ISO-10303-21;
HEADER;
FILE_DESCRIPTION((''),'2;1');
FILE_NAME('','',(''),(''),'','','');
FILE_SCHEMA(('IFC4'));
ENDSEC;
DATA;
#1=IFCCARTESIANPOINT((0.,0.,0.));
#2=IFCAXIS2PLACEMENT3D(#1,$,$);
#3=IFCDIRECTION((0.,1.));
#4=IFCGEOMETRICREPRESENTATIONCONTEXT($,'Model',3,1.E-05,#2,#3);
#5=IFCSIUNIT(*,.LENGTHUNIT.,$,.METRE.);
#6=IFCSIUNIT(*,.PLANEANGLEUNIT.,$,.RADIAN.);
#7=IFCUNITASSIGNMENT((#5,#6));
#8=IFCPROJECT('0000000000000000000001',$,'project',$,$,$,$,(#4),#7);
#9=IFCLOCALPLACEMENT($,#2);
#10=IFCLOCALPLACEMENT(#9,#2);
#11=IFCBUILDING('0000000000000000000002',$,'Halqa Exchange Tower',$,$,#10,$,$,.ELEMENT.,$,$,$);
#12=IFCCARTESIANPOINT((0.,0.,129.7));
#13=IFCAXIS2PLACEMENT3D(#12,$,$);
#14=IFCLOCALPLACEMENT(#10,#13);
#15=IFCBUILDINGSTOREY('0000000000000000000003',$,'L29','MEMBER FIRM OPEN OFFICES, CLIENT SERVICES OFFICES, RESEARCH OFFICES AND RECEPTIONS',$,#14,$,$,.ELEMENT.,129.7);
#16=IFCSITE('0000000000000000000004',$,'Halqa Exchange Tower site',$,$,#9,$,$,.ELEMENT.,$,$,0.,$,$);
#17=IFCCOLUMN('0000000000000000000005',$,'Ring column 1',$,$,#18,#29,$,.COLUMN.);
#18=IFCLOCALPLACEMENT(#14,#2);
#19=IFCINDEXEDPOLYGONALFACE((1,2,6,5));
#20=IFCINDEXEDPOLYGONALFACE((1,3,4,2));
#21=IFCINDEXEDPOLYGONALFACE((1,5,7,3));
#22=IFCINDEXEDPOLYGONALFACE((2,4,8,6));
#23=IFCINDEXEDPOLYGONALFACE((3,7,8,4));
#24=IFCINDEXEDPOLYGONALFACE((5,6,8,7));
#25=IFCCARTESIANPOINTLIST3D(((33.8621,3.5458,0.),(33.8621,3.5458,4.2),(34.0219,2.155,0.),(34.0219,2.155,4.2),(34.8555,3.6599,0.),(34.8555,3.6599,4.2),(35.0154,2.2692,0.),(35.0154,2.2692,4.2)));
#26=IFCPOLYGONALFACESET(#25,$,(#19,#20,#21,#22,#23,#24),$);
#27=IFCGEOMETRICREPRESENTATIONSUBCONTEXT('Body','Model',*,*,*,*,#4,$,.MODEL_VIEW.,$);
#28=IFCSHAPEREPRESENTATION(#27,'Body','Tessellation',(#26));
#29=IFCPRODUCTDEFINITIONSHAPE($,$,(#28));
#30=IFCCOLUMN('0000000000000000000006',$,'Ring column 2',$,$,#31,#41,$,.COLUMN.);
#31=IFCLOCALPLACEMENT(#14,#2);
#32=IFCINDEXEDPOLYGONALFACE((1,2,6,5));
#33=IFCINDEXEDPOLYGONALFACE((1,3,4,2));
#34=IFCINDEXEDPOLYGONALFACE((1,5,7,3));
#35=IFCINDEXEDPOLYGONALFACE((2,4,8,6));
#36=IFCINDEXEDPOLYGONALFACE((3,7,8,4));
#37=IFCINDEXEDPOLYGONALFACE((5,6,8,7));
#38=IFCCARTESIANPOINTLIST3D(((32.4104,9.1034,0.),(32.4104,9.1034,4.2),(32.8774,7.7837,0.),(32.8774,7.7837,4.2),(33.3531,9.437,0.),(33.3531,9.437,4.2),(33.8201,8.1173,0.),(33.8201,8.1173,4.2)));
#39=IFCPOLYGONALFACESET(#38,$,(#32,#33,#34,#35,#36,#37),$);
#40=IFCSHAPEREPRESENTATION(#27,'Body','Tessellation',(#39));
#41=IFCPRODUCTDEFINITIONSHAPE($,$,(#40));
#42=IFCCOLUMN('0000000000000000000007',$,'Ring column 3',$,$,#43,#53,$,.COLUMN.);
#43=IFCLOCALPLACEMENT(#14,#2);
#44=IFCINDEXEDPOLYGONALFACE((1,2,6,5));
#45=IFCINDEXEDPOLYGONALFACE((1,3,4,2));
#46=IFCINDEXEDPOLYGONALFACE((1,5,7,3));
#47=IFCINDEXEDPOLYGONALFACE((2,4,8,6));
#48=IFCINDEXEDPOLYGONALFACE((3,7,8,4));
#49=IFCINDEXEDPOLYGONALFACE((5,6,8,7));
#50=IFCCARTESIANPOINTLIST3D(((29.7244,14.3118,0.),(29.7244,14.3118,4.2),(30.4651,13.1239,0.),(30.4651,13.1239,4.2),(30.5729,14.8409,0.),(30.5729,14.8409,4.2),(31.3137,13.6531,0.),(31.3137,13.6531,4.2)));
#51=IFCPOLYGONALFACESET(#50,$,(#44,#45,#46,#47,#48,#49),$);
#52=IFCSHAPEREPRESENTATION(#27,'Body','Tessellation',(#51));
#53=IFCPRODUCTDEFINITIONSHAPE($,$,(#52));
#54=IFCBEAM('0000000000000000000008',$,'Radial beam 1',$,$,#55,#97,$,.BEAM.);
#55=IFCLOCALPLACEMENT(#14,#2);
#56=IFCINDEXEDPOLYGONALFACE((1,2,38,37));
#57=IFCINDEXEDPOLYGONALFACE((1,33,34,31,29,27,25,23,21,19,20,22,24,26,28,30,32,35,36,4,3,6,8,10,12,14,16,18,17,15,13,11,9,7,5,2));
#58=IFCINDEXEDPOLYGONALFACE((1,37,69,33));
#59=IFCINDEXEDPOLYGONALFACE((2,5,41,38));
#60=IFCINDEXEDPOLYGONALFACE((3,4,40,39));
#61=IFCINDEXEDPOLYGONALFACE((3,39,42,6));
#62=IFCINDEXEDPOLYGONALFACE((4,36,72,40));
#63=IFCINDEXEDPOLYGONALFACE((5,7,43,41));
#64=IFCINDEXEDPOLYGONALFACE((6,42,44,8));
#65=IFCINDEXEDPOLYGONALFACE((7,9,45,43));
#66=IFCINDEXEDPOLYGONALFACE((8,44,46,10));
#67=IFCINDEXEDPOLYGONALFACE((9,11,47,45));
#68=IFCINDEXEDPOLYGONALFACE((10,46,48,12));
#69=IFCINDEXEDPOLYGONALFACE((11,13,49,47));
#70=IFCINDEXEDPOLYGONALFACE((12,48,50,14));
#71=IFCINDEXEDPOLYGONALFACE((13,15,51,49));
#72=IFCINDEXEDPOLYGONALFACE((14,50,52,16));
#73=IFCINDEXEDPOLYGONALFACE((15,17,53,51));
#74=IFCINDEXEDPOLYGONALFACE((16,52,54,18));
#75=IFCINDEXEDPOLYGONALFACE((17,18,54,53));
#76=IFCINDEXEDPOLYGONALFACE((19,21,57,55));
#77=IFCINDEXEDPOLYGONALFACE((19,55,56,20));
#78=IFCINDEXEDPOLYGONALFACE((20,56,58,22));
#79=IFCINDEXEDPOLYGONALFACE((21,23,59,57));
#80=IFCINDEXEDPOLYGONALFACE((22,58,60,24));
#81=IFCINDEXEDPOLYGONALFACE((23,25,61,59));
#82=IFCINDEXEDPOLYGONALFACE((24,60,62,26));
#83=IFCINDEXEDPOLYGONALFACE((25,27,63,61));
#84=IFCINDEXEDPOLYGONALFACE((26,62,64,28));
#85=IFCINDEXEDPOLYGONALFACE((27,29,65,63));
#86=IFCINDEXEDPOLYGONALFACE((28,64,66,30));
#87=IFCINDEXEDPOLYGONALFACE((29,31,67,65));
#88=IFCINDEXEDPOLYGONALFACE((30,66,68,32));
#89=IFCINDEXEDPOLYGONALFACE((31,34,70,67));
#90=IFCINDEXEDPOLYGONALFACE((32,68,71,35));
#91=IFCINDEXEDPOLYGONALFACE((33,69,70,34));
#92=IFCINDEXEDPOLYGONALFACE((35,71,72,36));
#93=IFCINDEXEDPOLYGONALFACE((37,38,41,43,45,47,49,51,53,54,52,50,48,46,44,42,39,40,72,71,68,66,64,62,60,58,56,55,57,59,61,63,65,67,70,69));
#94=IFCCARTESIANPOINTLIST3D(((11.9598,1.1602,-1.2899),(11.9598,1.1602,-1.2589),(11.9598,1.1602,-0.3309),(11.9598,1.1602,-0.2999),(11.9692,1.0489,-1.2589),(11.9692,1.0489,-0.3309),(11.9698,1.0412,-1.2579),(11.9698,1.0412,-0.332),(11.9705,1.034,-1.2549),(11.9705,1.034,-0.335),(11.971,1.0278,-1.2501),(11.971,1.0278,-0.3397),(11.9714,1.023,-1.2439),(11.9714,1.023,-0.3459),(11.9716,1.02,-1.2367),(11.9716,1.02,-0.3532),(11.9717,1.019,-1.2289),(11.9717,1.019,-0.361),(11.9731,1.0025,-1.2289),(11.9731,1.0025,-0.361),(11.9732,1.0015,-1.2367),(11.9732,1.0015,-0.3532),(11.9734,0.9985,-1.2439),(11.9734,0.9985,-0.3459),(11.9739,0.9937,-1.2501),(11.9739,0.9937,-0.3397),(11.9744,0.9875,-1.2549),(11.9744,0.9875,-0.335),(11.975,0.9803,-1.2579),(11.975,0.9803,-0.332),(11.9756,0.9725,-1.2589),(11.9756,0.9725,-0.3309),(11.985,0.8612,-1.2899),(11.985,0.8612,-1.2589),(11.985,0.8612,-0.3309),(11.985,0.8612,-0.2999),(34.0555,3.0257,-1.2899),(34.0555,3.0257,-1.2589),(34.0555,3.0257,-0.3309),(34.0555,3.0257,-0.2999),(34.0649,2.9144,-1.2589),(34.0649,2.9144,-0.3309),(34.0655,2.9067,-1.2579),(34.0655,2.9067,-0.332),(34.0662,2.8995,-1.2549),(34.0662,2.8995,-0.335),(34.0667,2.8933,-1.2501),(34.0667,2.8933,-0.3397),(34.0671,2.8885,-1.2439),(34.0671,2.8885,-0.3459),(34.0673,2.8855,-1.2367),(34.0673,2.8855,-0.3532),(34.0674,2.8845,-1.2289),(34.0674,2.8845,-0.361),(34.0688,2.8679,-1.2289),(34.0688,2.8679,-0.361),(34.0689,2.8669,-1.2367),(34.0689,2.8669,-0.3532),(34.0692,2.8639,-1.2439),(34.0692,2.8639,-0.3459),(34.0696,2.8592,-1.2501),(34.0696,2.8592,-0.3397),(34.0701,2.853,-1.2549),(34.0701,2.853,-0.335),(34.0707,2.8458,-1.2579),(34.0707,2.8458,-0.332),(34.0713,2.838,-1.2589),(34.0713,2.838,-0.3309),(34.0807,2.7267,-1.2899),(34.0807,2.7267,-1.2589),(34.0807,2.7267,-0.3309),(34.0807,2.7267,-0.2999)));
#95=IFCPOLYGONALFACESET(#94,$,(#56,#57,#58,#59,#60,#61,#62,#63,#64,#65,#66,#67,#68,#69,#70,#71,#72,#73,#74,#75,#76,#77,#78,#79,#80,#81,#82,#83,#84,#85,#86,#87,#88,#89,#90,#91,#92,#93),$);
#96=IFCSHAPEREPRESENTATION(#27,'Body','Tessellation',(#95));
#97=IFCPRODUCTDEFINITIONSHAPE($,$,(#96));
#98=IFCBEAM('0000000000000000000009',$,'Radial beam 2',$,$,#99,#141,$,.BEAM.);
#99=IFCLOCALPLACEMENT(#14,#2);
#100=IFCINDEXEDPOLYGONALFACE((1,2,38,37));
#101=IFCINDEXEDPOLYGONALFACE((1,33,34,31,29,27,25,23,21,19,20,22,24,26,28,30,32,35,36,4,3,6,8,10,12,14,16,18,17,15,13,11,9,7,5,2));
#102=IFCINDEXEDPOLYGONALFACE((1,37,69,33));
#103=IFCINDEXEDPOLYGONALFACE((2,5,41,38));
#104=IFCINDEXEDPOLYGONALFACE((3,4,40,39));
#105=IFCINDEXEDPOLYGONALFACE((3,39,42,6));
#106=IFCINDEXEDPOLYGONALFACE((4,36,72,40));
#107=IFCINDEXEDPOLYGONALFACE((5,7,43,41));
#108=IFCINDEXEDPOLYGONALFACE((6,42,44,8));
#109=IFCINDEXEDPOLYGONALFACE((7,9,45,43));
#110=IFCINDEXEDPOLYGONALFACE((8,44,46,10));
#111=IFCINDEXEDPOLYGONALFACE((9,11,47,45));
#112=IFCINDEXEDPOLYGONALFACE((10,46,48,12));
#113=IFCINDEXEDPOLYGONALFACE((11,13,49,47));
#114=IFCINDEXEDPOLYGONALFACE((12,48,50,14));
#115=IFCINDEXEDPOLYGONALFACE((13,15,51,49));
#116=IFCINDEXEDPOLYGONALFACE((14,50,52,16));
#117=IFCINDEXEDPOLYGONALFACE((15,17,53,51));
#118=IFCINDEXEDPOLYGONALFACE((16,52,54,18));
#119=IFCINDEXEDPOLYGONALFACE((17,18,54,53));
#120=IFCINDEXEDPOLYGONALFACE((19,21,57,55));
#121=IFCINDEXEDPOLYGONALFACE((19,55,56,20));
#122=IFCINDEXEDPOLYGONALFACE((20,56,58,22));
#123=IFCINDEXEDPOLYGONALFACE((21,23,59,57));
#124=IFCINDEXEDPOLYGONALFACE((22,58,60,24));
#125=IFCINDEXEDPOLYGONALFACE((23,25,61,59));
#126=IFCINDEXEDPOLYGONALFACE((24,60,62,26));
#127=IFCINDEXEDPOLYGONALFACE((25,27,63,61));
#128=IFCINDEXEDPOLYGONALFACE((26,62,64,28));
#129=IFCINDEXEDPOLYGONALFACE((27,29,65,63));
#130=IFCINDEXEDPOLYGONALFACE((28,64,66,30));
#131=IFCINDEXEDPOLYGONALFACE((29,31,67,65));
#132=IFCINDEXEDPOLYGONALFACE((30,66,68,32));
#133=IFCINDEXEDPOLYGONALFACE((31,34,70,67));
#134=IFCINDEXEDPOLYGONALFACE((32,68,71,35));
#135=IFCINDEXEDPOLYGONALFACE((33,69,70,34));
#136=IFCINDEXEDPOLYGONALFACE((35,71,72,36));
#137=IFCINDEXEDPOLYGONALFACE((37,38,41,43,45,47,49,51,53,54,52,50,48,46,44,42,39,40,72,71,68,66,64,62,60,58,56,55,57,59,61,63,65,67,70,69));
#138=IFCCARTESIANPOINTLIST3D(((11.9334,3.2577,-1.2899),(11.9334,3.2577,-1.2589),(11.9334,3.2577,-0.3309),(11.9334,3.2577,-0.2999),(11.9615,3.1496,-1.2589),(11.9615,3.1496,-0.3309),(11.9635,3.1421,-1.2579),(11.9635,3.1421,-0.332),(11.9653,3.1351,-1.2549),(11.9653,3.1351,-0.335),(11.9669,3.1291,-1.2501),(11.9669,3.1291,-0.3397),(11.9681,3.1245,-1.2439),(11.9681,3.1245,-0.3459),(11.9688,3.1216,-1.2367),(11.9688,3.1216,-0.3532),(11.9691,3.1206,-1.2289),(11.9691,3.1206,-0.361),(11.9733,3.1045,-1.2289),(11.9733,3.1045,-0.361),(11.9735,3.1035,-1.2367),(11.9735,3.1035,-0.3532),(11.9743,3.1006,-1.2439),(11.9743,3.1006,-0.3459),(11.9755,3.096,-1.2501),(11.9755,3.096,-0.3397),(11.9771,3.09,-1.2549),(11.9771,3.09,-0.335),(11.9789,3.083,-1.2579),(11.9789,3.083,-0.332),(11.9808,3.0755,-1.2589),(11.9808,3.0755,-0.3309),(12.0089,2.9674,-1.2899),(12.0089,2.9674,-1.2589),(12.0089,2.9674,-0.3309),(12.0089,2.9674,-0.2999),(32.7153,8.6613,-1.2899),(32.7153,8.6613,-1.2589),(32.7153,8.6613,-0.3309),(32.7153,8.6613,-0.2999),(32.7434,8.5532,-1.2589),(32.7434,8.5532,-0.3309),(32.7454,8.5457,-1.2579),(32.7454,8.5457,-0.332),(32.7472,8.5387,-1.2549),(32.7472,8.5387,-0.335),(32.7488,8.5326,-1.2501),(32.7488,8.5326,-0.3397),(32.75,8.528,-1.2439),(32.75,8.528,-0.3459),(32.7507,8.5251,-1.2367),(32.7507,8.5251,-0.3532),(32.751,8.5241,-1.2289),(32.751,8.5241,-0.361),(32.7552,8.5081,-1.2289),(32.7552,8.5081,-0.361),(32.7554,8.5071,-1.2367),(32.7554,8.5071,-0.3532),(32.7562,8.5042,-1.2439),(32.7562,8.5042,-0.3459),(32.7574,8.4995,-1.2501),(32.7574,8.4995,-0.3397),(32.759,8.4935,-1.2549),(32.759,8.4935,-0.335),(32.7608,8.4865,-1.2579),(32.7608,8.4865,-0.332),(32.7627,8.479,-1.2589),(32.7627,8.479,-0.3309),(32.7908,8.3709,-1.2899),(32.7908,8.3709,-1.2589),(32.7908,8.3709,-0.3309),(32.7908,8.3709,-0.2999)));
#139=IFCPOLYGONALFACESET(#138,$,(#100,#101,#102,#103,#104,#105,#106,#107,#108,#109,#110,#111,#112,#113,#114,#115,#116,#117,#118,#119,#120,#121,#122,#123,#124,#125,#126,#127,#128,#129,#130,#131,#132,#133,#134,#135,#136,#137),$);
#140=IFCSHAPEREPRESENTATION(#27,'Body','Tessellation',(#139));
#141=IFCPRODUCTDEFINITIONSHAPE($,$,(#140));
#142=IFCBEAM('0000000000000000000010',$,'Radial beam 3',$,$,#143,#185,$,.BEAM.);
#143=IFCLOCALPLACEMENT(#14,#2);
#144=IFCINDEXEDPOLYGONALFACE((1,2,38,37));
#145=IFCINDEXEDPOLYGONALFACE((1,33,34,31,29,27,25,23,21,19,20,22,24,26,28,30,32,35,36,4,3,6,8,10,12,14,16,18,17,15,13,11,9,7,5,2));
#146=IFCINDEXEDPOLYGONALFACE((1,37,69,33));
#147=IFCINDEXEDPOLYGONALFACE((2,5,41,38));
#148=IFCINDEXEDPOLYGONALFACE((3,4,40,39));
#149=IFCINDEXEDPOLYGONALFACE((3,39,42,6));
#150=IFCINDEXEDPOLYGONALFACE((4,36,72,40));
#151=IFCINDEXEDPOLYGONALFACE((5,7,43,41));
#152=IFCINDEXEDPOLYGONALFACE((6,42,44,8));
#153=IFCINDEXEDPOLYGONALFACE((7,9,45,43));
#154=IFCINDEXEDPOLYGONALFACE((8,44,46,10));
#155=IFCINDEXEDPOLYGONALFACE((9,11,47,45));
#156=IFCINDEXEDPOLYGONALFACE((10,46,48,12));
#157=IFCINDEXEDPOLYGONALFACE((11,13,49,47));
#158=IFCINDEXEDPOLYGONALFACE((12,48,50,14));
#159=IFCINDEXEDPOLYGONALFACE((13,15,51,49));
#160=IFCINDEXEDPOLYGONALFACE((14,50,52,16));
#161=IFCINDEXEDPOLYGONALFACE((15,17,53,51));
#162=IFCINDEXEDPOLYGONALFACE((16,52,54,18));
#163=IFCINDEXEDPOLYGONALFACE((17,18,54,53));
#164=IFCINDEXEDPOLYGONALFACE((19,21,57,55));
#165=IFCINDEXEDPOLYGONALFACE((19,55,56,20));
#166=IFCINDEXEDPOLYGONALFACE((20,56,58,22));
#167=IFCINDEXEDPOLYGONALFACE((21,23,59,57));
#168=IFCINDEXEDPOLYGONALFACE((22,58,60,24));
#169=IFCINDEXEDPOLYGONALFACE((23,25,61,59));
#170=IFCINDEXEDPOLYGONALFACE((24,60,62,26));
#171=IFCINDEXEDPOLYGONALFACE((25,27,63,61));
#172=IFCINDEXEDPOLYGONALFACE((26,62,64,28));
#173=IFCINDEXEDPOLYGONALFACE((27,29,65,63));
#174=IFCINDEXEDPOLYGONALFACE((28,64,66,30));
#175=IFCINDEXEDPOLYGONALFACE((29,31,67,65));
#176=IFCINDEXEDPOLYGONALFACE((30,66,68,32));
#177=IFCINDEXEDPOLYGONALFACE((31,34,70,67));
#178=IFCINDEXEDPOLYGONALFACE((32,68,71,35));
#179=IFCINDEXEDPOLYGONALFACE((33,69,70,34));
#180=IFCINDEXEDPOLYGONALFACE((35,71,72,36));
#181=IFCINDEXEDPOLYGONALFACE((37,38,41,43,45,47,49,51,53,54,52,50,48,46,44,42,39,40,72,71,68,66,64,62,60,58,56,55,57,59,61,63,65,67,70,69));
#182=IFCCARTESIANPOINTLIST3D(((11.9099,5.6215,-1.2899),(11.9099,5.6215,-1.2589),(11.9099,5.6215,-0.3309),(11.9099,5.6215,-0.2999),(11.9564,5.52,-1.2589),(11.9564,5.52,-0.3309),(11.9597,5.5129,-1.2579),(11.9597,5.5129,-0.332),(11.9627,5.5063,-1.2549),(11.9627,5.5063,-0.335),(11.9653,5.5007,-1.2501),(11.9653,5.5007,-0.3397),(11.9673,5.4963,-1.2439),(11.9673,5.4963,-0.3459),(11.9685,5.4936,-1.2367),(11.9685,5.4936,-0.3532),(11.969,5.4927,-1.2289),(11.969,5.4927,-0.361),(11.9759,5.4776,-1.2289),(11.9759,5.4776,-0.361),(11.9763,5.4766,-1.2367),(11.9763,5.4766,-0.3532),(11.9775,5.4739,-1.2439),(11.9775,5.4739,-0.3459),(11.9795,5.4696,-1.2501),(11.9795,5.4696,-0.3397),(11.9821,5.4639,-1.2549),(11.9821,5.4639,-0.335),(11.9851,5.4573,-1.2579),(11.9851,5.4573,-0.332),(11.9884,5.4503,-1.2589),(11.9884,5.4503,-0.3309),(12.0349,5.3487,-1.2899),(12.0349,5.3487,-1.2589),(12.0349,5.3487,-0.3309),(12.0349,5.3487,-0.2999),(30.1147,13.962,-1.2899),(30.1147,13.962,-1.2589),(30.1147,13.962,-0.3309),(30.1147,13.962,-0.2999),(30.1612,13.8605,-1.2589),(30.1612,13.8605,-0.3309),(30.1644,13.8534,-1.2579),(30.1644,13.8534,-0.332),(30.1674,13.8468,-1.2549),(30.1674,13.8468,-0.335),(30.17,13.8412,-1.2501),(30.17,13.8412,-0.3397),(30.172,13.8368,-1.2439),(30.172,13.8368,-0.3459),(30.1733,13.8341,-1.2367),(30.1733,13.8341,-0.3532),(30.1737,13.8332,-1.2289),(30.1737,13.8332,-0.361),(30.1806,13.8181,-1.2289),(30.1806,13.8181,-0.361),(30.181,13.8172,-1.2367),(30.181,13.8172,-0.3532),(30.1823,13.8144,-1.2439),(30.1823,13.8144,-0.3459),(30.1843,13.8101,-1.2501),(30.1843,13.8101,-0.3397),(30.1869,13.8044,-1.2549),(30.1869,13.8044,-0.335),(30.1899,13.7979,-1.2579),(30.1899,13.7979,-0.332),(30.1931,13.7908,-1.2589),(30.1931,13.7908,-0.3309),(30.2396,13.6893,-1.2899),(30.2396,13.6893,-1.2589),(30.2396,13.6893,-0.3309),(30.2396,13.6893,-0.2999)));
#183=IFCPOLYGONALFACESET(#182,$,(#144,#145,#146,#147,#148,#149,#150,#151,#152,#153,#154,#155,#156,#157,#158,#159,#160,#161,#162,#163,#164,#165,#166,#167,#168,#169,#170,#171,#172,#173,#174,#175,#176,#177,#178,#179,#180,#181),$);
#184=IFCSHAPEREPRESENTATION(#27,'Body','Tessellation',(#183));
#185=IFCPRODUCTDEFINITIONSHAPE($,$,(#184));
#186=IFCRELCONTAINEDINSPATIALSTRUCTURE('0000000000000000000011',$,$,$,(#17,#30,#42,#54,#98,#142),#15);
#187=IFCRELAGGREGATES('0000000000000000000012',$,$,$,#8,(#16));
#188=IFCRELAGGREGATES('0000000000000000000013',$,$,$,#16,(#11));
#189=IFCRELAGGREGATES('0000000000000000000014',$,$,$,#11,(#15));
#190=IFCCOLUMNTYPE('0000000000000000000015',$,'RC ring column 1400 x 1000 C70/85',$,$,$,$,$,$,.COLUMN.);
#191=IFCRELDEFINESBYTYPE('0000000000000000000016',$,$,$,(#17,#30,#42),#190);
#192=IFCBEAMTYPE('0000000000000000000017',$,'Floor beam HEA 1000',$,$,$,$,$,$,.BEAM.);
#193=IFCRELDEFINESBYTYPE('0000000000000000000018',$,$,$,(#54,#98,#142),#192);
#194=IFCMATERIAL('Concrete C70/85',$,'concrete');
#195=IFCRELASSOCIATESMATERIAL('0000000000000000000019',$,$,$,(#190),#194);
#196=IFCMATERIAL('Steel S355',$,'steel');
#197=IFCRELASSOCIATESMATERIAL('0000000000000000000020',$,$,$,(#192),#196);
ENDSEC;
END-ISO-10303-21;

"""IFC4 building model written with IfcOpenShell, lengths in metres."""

from ifc_helpers import new_model, si_unit, direction, frame, origin, origin_2d, place, context, subcontext, project, spatial, rectangle, i_section, extrude, material, material_profile, profile_set, type_object, element, save


model = new_model("IFC4")

# Units and contexts
model_context = context("Model", 3, precision=1e-05, world=origin(), true_north=direction((0.0, 1.0)))
body_context = subcontext(model_context, "Body", "Model", "MODEL_VIEW")
ifc_project = project(units=[si_unit("LENGTHUNIT", "METRE"), si_unit("PLANEANGLEUNIT", "RADIAN")], contexts=[model_context])

# Site, building, storey
site_placement = place(None, origin())
site = spatial("IfcSite", under=ifc_project, at=site_placement, Name="Halqa Exchange Tower site", CompositionType="ELEMENT", RefElevation=0.0)
building_placement = place(site_placement, origin())
building = spatial("IfcBuilding", under=site, at=building_placement, Name="Halqa Exchange Tower", CompositionType="ELEMENT")
storey_placement = place(building_placement, frame((0.0, 0.0, 129.7)))
storey = spatial("IfcBuildingStorey", under=building, at=storey_placement, Name="L29", Description="MEMBER FIRM OPEN OFFICES, CLIENT SERVICES OFFICES, RESEARCH OFFICES AND RECEPTIONS", CompositionType="ELEMENT", Elevation=129.7)

# Columns
ifc_material_1 = material(Name="Concrete C70/85", Category="concrete")
ifc_material_profile_1 = material_profile(ifc_material_1, rectangle(XDim=1.3999, YDim=1.0, at=origin_2d()), Name="1400 x 1000")
ifc_profile_set_1 = profile_set([ifc_material_profile_1], Name="Concrete C70/85")
column_type = type_object("IfcColumnType", Name="RC ring column 1400 x 1000 C70/85", PredefinedType="COLUMN", material=ifc_profile_set_1)
for number, where, z_axis, x_axis, name in (
    (1, (34.4387, 2.9075, 0.0), (0.0, 0.0, 1.0), (-0.114159, 0.993463, 0.0), "Ring column 1"),
    (2, (33.1152, 8.6104, 0.0), (0.0, 0.0, 1.0), (-0.333636, 0.942702, 0.0), "Ring column 2"),
    (3, (30.519, 13.9824, 0.0), (0.0, 0.0, 1.0), (-0.529138, 0.848536, 0.0), "Ring column 3"),
):
    element("IfcColumn", number, at=place(storey_placement, frame(where, z_axis=z_axis, x_axis=x_axis)), inside=storey, type_object=column_type, Name=name, PredefinedType="COLUMN", context=body_context, shape_type="SweptSolid", body=[
        extrude(rectangle(XDim=1.3999, YDim=1.0, at=origin_2d()), origin(), (0.0, 0.0, 1.0), 4.2),
    ])

# Beams
ifc_material_2 = material(Name="Steel S355", Category="steel")
ifc_material_profile_2 = material_profile(ifc_material_2, i_section(OverallWidth=0.3, OverallDepth=0.99, WebThickness=0.0166, FlangeThickness=0.031, FilletRadius=0.03, at=origin_2d()), Name="HEA 1000")
ifc_profile_set_2 = profile_set([ifc_material_profile_2], Name="Steel S355")
beam_type_1 = type_object("IfcBeamType", Name="Floor beam HEA 1000", PredefinedType="BEAM", material=ifc_profile_set_2)
beam_1_placement = place(storey_placement, frame((11.9724, 1.0107, -0.7949), z_axis=(0.996455, 0.084128, 0.0), x_axis=(-0.084128, 0.996455, 0.0)))
element("IfcBeam", 4, at=beam_1_placement, inside=storey, type_object=beam_type_1, Name="Radial beam 1", PredefinedType="BEAM", context=body_context, shape_type="SweptSolid", body=[
    extrude(i_section(OverallWidth=0.3, OverallDepth=0.99, WebThickness=0.0166, FlangeThickness=0.031, FilletRadius=0.03, at=origin_2d()), origin(), (0.0, 0.0, 1.0), 22.1743),
])
beam_2_placement = place(storey_placement, frame((11.9712, 3.1125, -0.7949), z_axis=(0.96782, 0.251645, 0.0), x_axis=(-0.251645, 0.96782, 0.0)))
element("IfcBeam", 5, at=beam_2_placement, inside=storey, type_object=beam_type_1, Name="Radial beam 2", PredefinedType="BEAM", context=body_context, shape_type="SweptSolid", body=[
    extrude(i_section(OverallWidth=0.3, OverallDepth=0.99, WebThickness=0.0166, FlangeThickness=0.031, FilletRadius=0.03, at=origin_2d()), origin(), (0.0, 0.0, 1.0), 21.4729),
])
beam_3_placement = place(storey_placement, frame((11.9724, 5.4851, -0.7949), z_axis=(0.909127, 0.416518, 0.0), x_axis=(-0.416518, 0.909127, 0.0)))
element("IfcBeam", 6, at=beam_3_placement, inside=storey, type_object=beam_type_1, Name="Radial beam 3", PredefinedType="BEAM", context=body_context, shape_type="SweptSolid", body=[
    extrude(i_section(OverallWidth=0.3, OverallDepth=0.99, WebThickness=0.0166, FlangeThickness=0.031, FilletRadius=0.03, at=origin_2d()), origin(), (0.0, 0.0, 1.0), 20.0244),
])

save(model, "model.ifc")
